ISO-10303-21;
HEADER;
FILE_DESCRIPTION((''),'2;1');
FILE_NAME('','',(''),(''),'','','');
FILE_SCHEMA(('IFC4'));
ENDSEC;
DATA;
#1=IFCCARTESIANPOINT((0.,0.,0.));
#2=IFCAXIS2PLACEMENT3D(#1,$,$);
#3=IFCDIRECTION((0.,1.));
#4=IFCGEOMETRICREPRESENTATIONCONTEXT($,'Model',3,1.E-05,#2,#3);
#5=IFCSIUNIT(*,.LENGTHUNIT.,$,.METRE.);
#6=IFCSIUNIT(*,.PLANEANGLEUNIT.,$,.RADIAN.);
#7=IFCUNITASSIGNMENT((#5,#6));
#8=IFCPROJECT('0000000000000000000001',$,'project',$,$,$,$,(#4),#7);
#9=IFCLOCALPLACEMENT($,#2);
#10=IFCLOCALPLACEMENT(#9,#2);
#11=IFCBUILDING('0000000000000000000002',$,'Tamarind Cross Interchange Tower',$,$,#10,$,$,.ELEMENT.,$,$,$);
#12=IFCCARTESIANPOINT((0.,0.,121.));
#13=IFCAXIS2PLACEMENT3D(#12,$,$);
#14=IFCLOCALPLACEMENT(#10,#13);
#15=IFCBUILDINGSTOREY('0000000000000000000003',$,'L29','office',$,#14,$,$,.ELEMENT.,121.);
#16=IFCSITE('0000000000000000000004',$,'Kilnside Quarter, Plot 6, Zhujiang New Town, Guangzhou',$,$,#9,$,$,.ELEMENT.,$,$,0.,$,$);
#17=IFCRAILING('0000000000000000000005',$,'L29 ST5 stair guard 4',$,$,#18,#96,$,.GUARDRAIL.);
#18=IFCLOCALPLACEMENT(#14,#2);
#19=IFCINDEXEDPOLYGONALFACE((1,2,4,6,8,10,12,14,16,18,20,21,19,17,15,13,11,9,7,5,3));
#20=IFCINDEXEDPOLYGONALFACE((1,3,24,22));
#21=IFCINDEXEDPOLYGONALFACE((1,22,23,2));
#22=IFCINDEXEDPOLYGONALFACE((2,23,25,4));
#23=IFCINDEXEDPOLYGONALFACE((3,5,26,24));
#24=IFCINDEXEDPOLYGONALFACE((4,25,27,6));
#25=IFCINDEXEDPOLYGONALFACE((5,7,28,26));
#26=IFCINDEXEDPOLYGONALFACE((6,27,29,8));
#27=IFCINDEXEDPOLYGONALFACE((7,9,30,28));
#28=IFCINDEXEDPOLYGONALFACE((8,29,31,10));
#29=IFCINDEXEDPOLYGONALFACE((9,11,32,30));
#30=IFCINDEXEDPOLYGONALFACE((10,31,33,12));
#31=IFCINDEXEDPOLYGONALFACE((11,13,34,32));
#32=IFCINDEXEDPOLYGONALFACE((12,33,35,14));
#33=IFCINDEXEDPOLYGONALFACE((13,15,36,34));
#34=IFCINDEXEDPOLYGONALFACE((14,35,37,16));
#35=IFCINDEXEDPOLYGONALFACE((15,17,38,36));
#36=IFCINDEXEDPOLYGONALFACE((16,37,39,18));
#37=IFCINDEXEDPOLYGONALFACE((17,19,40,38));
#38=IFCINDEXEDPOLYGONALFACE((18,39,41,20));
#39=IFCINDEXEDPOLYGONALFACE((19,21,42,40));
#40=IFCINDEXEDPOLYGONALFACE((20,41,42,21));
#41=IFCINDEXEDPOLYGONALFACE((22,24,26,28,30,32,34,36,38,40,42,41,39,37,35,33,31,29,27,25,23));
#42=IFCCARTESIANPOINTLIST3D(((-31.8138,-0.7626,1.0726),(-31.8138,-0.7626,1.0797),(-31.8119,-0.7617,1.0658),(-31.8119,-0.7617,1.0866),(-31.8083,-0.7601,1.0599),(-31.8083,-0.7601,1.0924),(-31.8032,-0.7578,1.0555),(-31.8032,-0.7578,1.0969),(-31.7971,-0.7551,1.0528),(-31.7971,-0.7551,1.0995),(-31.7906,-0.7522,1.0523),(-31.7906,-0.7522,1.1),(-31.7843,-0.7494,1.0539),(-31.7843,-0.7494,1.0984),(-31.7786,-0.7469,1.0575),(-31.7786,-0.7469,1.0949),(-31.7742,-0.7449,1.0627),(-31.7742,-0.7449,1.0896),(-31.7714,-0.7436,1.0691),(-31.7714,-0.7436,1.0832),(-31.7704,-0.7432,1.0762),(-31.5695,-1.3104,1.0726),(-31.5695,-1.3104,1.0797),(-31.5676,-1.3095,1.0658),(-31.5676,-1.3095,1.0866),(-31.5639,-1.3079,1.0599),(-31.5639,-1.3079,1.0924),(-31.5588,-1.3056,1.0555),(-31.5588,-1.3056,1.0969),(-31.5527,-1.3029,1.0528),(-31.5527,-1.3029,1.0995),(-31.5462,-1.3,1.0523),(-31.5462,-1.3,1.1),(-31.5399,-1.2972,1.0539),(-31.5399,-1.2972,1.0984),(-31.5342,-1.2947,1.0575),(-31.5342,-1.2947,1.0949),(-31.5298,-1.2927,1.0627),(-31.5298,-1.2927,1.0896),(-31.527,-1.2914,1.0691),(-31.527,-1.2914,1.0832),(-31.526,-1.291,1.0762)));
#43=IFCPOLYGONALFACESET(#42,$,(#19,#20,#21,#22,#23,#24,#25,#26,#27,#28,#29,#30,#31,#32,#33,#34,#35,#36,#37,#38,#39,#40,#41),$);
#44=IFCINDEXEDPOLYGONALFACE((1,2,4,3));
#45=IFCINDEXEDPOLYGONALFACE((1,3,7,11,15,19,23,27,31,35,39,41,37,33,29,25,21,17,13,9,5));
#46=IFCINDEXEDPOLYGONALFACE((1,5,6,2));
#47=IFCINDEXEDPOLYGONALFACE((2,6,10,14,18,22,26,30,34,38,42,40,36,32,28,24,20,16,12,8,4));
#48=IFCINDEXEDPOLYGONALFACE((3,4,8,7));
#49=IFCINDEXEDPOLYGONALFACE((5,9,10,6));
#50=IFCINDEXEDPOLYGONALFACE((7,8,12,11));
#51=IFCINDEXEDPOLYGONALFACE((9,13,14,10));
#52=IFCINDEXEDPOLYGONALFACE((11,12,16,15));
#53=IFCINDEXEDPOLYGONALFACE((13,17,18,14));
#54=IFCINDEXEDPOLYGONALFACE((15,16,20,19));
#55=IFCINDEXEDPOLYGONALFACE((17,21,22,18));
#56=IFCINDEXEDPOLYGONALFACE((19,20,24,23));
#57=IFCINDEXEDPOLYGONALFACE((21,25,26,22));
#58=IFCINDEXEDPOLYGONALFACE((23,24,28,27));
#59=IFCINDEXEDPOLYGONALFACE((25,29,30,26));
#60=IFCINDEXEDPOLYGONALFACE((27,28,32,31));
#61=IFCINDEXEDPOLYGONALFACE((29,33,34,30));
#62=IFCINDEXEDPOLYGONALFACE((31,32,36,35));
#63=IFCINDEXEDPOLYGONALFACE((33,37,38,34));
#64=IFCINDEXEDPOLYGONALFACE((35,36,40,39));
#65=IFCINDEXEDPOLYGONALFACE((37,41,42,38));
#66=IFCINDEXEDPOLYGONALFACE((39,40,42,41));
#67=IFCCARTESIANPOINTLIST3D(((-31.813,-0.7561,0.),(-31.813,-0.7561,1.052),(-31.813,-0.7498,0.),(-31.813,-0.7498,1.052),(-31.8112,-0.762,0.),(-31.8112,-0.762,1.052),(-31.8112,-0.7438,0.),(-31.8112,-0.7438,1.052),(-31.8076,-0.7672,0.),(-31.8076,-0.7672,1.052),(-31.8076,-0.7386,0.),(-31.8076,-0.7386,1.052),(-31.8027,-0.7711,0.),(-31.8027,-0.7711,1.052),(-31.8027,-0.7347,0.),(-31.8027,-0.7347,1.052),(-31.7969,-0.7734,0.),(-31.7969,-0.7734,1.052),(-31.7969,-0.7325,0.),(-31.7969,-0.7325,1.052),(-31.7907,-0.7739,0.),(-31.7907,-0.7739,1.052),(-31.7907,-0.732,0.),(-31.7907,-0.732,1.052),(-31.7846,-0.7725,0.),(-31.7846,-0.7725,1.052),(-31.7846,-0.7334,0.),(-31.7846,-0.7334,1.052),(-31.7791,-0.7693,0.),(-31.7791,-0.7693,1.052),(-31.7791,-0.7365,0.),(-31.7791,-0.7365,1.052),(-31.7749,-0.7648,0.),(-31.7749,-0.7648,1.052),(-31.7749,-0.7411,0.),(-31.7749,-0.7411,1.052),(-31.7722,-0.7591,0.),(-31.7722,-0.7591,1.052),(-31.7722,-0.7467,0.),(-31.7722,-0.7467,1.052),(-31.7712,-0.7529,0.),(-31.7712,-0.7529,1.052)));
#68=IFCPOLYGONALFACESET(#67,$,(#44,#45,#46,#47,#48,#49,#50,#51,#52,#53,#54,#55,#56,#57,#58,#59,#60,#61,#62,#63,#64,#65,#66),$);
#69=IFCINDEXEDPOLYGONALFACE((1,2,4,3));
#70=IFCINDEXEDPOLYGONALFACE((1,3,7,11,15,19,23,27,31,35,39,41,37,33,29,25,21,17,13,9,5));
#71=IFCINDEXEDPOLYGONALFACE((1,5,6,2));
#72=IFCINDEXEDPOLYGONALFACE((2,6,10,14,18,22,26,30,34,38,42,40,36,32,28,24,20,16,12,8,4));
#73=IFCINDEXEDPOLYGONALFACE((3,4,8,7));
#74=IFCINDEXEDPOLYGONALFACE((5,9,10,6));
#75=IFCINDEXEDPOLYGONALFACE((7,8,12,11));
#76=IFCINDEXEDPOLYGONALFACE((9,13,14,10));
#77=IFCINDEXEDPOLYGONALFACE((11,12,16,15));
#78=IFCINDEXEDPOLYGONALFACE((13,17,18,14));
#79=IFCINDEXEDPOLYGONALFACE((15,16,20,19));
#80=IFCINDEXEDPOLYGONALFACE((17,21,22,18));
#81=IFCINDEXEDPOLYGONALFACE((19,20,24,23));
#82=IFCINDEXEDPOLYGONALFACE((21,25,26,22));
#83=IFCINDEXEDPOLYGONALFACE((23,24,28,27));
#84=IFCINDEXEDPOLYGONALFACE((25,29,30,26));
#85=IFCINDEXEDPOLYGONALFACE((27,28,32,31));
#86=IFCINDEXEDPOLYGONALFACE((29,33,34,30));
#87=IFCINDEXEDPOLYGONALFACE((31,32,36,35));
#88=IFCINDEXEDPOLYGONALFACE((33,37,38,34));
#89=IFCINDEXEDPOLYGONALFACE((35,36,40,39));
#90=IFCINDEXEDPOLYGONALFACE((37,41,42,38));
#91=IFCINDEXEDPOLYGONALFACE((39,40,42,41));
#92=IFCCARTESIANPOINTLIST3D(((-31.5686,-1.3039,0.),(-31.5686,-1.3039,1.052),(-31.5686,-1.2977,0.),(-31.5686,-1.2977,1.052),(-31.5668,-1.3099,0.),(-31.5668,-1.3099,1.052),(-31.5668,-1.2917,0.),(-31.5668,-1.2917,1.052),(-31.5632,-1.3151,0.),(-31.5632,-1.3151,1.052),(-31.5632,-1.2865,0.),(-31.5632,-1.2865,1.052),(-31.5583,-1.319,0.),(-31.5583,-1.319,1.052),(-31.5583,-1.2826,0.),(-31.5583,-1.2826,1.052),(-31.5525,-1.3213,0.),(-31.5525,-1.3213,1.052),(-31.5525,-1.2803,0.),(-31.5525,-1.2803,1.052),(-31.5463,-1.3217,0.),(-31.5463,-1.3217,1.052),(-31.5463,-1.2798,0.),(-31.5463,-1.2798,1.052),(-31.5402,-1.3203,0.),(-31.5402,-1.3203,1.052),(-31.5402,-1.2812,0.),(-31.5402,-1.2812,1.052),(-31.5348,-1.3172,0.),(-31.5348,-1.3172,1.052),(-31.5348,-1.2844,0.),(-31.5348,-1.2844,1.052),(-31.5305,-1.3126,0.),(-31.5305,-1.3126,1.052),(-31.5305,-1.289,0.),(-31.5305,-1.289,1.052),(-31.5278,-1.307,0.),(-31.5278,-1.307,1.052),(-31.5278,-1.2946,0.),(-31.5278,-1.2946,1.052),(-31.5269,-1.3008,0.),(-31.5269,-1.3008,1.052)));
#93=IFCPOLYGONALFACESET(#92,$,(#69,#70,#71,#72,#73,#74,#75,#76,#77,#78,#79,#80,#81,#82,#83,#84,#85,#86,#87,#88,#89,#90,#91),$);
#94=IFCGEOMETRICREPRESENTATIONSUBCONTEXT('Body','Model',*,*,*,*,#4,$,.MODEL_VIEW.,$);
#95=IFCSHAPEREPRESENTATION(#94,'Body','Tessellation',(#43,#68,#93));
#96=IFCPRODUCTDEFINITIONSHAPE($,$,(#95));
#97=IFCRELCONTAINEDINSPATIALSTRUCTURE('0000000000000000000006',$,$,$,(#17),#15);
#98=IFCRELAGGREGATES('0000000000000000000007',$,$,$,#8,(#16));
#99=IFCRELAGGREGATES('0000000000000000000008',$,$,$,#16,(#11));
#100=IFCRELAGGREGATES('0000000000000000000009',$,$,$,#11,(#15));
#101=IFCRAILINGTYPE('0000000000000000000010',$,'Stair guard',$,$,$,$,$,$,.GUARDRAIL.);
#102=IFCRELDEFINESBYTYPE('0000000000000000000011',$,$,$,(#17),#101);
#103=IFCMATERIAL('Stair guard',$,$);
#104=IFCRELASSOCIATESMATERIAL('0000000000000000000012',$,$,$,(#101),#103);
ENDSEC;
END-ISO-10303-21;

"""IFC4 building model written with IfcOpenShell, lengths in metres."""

from ifc_helpers import new_model, si_unit, direction, frame, origin, origin_2d, place, context, subcontext, project, spatial, circle, extrude, material, type_object, element, save


model = new_model("IFC4")

# Units and contexts
model_context = context("Model", 3, precision=1e-05, world=origin(), true_north=direction((0.0, 1.0)))
body_context = subcontext(model_context, "Body", "Model", "MODEL_VIEW")
ifc_project = project(units=[si_unit("LENGTHUNIT", "METRE"), si_unit("PLANEANGLEUNIT", "RADIAN")], contexts=[model_context])

# Site, building, storey
site_placement = place(None, origin())
site = spatial("IfcSite", under=ifc_project, at=site_placement, Name="Kilnside Quarter, Plot 6, Zhujiang New Town, Guangzhou", CompositionType="ELEMENT", RefElevation=0.0)
building_placement = place(site_placement, origin())
building = spatial("IfcBuilding", under=site, at=building_placement, Name="Tamarind Cross Interchange Tower", CompositionType="ELEMENT")
storey_placement = place(building_placement, frame((0.0, 0.0, 121.0)))
storey = spatial("IfcBuildingStorey", under=building, at=storey_placement, Name="L29", Description="office", CompositionType="ELEMENT", Elevation=121.0)

# Railing
ifc_material_1 = material(Name="Stair guard")
railing_type = type_object("IfcRailingType", Name="Stair guard", PredefinedType="GUARDRAIL", material=ifc_material_1)
railing_1_placement = place(storey_placement, frame((-31.7922, -0.7529, 0.0)))
element("IfcRailing", 1, at=railing_1_placement, inside=storey, type_object=railing_type, Name="L29 ST5 stair guard 4", PredefinedType="GUARDRAIL", context=body_context, shape_type="SweptSolid", body=[
    extrude(circle(Radius=0.0239, at=origin_2d()), frame((0.0, 0.0, 1.0762), z_axis=(0.407384, -0.913257, 0.0), x_axis=(0.913257, 0.407384, 0.0)), (0.0, 0.0, 1.0), 0.5999),
    extrude(circle(Radius=0.021, at=origin_2d()), origin(), (0.0, 0.0, 1.0), 1.052),
    extrude(circle(Radius=0.021, at=origin_2d()), frame((0.2444, -0.5479, 0.0)), (0.0, 0.0, 1.0), 1.052),
])

save(model, "model.ifc")
